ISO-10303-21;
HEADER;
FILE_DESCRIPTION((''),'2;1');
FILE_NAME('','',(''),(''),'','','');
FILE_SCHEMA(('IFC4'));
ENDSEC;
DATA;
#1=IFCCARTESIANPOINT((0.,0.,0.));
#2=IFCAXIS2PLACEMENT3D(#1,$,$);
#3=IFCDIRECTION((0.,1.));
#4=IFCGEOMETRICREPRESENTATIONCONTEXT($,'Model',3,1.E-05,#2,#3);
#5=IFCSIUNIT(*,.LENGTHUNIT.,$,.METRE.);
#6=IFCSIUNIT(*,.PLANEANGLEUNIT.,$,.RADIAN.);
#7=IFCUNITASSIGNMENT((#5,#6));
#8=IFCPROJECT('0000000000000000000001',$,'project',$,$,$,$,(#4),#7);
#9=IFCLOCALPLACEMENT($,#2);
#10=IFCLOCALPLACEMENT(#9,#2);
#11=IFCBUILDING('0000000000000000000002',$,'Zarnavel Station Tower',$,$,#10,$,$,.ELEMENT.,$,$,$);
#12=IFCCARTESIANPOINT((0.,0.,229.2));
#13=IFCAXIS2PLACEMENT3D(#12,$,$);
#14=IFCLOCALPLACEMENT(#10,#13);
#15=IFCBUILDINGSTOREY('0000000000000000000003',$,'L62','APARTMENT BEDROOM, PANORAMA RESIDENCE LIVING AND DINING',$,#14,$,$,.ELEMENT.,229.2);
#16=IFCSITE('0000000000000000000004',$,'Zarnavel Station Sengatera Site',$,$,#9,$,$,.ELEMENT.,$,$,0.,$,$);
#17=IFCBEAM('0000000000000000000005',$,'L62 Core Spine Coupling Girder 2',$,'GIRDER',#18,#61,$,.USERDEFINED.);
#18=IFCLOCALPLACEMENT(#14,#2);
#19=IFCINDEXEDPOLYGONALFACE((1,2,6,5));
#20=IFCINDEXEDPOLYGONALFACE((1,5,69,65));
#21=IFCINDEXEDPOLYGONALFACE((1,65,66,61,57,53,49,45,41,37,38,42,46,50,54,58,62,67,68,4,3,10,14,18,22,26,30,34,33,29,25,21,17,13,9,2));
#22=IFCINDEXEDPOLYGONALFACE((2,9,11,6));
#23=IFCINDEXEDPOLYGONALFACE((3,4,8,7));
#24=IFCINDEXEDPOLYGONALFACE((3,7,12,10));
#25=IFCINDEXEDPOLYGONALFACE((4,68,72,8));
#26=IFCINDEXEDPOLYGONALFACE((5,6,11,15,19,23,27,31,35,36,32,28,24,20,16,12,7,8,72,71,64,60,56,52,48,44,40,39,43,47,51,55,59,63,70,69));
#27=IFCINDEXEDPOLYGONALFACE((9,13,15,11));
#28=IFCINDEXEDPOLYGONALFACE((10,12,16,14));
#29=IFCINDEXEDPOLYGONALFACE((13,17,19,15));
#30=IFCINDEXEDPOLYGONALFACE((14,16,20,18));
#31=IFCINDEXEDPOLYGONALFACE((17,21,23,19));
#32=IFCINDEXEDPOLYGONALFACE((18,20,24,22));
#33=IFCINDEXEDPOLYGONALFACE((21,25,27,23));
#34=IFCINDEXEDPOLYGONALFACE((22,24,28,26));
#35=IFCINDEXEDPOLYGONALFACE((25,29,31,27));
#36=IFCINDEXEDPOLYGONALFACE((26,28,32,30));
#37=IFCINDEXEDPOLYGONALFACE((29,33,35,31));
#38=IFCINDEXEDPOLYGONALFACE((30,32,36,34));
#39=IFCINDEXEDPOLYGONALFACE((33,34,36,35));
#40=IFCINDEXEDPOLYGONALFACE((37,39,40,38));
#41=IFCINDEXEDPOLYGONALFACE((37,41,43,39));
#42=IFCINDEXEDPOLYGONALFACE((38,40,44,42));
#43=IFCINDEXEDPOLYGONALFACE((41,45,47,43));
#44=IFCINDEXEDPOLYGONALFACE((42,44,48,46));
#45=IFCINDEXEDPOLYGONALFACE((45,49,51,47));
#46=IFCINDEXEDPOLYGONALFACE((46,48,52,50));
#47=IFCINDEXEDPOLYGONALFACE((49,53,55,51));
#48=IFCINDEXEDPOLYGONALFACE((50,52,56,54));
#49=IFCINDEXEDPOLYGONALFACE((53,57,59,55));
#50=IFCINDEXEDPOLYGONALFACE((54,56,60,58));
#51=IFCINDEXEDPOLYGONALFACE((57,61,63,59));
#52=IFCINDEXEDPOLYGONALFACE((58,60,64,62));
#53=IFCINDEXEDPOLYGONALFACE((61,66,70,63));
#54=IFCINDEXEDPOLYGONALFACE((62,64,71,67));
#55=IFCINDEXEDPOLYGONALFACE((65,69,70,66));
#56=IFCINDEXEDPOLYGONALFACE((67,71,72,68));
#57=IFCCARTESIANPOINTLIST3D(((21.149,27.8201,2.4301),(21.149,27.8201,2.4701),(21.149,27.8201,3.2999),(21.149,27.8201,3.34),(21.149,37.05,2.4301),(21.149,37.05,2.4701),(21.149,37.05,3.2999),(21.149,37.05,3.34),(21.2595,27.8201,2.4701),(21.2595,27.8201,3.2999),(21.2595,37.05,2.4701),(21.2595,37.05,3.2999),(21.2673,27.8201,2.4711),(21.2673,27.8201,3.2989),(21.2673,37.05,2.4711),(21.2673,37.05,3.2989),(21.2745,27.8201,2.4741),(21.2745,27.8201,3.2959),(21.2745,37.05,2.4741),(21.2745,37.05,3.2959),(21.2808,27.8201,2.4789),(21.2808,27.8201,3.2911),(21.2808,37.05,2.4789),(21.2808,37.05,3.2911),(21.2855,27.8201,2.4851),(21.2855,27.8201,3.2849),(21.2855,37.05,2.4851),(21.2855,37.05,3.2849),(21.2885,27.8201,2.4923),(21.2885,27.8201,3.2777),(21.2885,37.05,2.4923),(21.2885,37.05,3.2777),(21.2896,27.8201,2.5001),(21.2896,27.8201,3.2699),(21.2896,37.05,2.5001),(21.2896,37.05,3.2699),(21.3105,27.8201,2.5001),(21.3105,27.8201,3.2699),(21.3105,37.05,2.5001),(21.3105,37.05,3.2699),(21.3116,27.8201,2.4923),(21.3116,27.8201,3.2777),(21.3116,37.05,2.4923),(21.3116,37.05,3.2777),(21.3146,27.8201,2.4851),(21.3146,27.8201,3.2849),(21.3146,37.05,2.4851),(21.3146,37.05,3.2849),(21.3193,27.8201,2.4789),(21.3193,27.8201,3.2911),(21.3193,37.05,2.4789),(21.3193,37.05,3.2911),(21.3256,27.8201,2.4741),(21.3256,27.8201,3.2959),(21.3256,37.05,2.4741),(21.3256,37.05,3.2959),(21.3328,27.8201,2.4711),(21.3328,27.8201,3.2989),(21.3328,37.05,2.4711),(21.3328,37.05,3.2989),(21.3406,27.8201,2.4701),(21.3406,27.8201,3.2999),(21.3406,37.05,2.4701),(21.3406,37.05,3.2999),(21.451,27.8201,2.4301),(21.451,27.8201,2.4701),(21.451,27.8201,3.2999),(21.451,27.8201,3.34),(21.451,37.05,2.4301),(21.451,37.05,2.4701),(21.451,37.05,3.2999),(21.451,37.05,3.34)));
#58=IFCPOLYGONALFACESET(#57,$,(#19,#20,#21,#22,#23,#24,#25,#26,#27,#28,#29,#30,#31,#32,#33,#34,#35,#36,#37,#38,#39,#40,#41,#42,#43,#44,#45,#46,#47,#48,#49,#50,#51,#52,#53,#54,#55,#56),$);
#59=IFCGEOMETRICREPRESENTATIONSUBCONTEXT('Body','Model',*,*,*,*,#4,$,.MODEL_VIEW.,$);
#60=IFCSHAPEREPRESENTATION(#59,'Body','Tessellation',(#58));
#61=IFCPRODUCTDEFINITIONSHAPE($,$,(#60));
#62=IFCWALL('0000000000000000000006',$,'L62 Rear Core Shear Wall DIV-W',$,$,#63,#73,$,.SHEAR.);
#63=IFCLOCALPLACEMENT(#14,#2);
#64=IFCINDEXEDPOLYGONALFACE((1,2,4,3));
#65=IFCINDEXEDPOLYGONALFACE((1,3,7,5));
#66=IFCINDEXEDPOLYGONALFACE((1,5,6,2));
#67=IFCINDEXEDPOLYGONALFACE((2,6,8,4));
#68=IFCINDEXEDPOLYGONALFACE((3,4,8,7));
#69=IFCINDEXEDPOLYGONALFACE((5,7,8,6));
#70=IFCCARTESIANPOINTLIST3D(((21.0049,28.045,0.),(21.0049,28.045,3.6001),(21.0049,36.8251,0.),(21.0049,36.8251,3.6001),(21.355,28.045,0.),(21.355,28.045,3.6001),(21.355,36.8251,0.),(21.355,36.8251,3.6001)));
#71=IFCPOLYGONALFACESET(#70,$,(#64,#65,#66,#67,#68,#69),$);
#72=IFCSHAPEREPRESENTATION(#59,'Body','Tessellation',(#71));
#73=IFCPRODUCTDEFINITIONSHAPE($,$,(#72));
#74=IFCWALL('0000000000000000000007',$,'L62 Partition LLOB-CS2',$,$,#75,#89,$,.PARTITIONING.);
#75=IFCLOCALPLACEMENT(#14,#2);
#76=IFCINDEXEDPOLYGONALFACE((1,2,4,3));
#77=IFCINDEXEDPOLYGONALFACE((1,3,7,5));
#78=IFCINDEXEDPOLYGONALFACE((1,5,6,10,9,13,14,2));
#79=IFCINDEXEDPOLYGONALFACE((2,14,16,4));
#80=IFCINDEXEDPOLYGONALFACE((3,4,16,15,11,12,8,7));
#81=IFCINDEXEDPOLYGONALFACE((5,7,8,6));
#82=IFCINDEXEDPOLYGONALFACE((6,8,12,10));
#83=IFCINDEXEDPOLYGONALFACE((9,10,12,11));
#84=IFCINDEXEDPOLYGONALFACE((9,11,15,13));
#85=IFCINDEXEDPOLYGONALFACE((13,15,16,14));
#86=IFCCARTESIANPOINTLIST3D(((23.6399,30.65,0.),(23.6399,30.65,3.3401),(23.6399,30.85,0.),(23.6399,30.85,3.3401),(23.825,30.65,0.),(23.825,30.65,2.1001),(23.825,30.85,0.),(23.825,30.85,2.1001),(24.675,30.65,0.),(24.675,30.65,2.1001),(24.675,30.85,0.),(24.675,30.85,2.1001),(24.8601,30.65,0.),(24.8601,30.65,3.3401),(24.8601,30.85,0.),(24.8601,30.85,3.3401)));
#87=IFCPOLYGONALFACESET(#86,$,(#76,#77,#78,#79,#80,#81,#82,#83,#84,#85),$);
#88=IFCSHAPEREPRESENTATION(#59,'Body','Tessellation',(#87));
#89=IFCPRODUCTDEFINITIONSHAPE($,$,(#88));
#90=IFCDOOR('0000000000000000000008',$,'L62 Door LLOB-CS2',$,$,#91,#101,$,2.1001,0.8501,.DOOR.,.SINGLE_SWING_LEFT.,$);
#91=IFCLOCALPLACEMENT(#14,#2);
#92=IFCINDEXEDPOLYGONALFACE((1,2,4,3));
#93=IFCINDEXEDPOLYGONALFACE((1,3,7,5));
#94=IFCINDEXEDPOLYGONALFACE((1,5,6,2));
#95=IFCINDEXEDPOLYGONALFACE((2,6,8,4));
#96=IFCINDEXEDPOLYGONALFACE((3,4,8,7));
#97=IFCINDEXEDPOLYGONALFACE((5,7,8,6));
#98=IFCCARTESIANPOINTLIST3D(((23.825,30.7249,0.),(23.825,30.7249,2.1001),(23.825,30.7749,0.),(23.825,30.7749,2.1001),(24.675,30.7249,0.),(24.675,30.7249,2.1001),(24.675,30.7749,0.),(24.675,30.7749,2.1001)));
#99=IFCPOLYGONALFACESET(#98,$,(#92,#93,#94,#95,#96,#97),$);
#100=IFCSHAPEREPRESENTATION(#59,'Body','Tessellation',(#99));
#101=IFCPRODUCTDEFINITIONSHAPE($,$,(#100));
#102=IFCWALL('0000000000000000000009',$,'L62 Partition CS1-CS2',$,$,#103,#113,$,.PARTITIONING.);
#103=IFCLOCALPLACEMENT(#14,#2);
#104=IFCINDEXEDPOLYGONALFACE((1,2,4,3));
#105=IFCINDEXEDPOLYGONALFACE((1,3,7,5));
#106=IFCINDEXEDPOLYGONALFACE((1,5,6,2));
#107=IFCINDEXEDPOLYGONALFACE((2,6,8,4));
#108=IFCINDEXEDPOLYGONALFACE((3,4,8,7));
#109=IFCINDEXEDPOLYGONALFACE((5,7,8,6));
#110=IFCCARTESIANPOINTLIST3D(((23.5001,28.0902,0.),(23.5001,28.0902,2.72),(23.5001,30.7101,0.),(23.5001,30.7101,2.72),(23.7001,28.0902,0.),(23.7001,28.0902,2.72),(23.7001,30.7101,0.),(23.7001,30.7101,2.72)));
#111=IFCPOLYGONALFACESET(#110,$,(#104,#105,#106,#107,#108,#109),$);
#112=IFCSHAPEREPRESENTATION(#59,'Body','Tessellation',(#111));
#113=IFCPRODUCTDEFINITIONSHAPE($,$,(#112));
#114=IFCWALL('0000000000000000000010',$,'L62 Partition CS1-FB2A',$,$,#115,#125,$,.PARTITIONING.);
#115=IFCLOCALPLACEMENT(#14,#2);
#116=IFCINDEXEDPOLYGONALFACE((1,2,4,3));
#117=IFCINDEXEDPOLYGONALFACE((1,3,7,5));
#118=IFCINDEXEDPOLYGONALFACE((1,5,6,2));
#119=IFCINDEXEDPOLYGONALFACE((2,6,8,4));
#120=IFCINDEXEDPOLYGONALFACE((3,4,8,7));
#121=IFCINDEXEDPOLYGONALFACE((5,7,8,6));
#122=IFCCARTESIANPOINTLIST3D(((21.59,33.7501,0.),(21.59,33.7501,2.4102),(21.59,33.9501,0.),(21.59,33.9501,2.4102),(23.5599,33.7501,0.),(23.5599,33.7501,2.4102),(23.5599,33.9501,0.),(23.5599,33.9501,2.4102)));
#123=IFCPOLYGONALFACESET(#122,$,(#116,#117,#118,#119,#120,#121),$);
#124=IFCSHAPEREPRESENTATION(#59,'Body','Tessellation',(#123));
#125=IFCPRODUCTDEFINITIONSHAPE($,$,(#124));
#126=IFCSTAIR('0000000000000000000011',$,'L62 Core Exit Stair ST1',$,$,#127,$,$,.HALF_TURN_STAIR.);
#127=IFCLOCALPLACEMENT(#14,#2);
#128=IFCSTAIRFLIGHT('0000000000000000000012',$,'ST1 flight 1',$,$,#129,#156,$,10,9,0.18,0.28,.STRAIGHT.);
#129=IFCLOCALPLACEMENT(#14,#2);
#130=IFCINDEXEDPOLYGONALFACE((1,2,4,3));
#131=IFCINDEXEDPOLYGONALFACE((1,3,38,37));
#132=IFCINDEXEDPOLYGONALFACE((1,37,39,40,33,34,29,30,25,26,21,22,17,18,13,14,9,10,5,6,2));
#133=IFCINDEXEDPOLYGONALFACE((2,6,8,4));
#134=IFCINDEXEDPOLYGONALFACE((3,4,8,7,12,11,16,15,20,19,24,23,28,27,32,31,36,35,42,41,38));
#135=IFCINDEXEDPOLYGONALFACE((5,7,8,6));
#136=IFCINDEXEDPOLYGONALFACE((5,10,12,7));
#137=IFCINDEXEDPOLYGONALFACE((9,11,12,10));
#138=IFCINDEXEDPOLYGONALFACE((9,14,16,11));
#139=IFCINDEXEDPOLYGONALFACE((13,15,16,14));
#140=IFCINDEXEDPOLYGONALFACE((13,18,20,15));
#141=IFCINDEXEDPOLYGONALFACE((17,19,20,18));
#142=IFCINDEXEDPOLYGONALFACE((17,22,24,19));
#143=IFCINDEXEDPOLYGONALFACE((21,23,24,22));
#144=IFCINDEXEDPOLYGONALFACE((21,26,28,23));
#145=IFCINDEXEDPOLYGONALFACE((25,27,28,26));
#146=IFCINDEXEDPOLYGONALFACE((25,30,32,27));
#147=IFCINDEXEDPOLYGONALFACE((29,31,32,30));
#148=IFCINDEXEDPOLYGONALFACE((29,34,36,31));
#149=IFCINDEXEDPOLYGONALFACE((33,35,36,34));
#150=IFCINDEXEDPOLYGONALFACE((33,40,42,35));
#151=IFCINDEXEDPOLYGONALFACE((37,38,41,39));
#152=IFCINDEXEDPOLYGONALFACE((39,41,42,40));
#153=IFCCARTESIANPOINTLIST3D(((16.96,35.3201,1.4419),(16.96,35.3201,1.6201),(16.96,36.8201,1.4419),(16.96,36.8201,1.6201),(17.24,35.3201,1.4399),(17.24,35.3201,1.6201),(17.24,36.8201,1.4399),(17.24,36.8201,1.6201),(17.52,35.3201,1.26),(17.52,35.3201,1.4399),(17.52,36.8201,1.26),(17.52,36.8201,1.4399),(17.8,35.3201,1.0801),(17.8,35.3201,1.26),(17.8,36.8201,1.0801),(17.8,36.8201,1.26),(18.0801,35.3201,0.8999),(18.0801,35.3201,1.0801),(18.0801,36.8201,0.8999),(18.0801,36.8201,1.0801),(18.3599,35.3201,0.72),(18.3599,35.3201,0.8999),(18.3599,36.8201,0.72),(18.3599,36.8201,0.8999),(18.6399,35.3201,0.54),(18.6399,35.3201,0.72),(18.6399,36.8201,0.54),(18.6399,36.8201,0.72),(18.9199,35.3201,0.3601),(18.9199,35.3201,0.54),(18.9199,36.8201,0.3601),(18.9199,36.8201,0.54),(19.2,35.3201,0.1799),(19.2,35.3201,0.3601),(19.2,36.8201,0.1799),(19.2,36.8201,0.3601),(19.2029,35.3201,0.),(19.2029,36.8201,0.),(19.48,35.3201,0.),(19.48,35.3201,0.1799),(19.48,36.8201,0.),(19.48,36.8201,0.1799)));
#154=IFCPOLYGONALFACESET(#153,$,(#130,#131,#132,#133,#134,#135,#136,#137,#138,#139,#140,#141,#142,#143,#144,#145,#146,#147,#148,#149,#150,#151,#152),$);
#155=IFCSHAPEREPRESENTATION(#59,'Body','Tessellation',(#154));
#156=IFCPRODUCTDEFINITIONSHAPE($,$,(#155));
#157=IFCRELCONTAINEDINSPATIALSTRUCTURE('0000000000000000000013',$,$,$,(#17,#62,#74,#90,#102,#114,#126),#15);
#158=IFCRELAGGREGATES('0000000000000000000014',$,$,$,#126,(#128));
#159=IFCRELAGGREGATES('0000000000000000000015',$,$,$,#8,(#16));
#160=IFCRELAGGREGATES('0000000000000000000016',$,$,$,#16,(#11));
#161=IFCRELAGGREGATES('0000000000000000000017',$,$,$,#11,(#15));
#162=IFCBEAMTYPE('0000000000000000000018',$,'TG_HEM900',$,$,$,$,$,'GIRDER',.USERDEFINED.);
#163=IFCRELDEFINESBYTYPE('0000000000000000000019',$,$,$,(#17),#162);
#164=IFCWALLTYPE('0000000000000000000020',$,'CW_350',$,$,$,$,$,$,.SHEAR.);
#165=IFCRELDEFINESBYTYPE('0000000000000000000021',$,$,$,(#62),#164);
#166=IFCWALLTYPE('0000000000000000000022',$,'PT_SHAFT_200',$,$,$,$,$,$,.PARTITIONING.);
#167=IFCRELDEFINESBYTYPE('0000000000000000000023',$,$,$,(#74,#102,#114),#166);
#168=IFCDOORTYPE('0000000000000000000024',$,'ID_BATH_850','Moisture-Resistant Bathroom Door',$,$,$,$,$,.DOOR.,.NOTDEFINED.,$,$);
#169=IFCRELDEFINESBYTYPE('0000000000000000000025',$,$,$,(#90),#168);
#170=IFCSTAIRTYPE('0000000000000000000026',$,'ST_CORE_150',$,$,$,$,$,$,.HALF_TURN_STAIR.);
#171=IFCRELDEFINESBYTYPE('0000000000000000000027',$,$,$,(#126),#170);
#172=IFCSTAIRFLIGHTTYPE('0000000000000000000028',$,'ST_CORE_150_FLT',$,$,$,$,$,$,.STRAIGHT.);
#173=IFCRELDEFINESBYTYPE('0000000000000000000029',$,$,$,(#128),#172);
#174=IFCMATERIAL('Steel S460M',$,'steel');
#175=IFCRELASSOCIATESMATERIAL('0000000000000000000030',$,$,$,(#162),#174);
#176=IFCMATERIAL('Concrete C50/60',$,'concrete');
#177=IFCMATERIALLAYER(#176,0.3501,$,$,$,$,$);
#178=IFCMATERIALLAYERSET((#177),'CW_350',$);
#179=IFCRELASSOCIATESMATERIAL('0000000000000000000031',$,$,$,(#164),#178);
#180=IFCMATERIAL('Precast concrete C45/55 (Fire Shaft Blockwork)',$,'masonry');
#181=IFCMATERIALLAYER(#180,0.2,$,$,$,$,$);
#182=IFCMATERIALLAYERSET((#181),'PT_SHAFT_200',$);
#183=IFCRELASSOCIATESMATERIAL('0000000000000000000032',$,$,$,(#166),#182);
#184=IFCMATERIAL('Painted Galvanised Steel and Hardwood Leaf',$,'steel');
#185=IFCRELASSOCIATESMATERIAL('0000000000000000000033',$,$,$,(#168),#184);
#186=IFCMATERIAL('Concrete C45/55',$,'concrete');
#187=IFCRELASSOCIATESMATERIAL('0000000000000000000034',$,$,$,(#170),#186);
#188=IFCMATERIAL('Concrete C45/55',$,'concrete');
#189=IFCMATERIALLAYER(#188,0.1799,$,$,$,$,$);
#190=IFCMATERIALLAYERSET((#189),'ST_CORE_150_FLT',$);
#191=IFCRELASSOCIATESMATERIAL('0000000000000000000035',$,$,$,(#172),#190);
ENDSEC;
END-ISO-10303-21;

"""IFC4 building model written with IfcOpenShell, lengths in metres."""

from ifc_helpers import new_model, si_unit, direction, frame, frame_2d, origin, origin_2d, place, context, subcontext, project, spatial, polyline, rectangle, i_section, outline, extrude, material, layer, layer_set, material_profile, profile_set, type_object, element, fill, aggregate, save


model = new_model("IFC4")

# Units and contexts
model_context = context("Model", 3, precision=1e-05, world=origin(), true_north=direction((0.0, 1.0)))
body_context = subcontext(model_context, "Body", "Model", "MODEL_VIEW")
ifc_project = project(units=[si_unit("LENGTHUNIT", "METRE"), si_unit("PLANEANGLEUNIT", "RADIAN")], contexts=[model_context])

# Site, building, storey
site_placement = place(None, origin())
site = spatial("IfcSite", under=ifc_project, at=site_placement, Name="Zarnavel Station Sengatera Site", CompositionType="ELEMENT", RefElevation=0.0)
building_placement = place(site_placement, origin())
building = spatial("IfcBuilding", under=site, at=building_placement, Name="Zarnavel Station Tower", CompositionType="ELEMENT")
storey_placement = place(building_placement, frame((0.0, 0.0, 229.2)))
storey = spatial("IfcBuildingStorey", under=building, at=storey_placement, Name="L62", Description="APARTMENT BEDROOM, PANORAMA RESIDENCE LIVING AND DINING", CompositionType="ELEMENT", Elevation=229.2)

# Beam
ifc_material_1 = material(Name="Steel S460M", Category="steel")
ifc_material_profile_1 = material_profile(ifc_material_1, i_section(OverallWidth=0.302, OverallDepth=0.9099, WebThickness=0.021, FlangeThickness=0.04, FilletRadius=0.03, at=origin_2d()), Name="HEM900")
ifc_profile_set_1 = profile_set([ifc_material_profile_1], Name="Steel S460M")
beam_type_1 = type_object("IfcBeamType", Name="TG_HEM900", ElementType="GIRDER", PredefinedType="USERDEFINED", material=ifc_profile_set_1)
beam_1_placement = place(storey_placement, frame((21.3, 27.8201, 2.885), z_axis=(0.0, 1.0, 0.0), x_axis=(-1.0, 0.0, 0.0)))
element("IfcBeam", 1, at=beam_1_placement, inside=storey, type_object=beam_type_1, Name="L62 Core Spine Coupling Girder 2", ObjectType="GIRDER", PredefinedType="USERDEFINED", context=body_context, shape_type="SweptSolid", body=[
    extrude(i_section(OverallWidth=0.302, OverallDepth=0.9099, WebThickness=0.021, FlangeThickness=0.04, FilletRadius=0.03, at=origin_2d()), origin(), (0.0, 0.0, 1.0), 9.23),
])

# Wall
ifc_material_2 = material(Name="Concrete C50/60", Category="concrete")
ifc_layer_1 = layer(ifc_material_2, 0.3501)
ifc_layer_set_1 = layer_set([ifc_layer_1], Name="CW_350")
wall_type_1 = type_object("IfcWallType", Name="CW_350", PredefinedType="SHEAR", material=ifc_layer_set_1)
wall_1_placement = place(storey_placement, frame((21.1799, 28.0449, 0.0), z_axis=(0.0, 0.0, 1.0), x_axis=(0.0, 1.0, 0.0)))
element("IfcWall", 2, at=wall_1_placement, inside=storey, type_object=wall_type_1, Name="L62 Rear Core Shear Wall DIV-W", PredefinedType="SHEAR", context=body_context, shape_type="SweptSolid", body=[
    extrude(rectangle(XDim=8.78, YDim=0.3501, at=frame_2d((4.3901, 0.0))), origin(), (0.0, 0.0, 1.0), 3.6001),
])

# Wall, opening, door
ifc_material_3 = material(Name="Precast concrete C45/55 (Fire Shaft Blockwork)", Category="masonry")
ifc_layer_2 = layer(ifc_material_3, 0.2)
ifc_layer_set_2 = layer_set([ifc_layer_2], Name="PT_SHAFT_200")
wall_type_2 = type_object("IfcWallType", Name="PT_SHAFT_200", PredefinedType="PARTITIONING", material=ifc_layer_set_2)
wall_2_placement = place(storey_placement, frame((23.6399, 30.75, 0.0), z_axis=(0.0, 0.0, 1.0), x_axis=(1.0, 0.0, 0.0)))
wall_2 = element("IfcWall", 3, at=wall_2_placement, inside=storey, type_object=wall_type_2, Name="L62 Partition LLOB-CS2", PredefinedType="PARTITIONING", context=body_context, shape_type="SweptSolid", body=[
    extrude(rectangle(XDim=1.2202, YDim=0.2, at=frame_2d((0.6101, 0.0))), origin(), (0.0, 0.0, 1.0), 3.3401),
])
opening_1_placement = place(wall_2_placement, frame((0.1851, 0.0, 0.0)))
opening_1 = element("IfcOpeningElement", 4, at=opening_1_placement, cuts=wall_2, PredefinedType="OPENING", context=body_context, shape_type="SweptSolid", body=[
    extrude(rectangle(XDim=0.8501, YDim=2.1001, at=frame_2d((0.425, 1.05))), frame((0.0, 0.1099, 0.0), z_axis=(0.0, -1.0, 0.0), x_axis=(1.0, 0.0, 0.0)), (0.0, 0.0, 1.0), 0.22),
])
ifc_material_4 = material(Name="Painted Galvanised Steel and Hardwood Leaf", Category="steel")
door_type_1 = type_object("IfcDoorType", Name="ID_BATH_850", Description="Moisture-Resistant Bathroom Door", OperationType="NOTDEFINED", PredefinedType="DOOR", material=ifc_material_4)
door_1_placement = place(opening_1_placement, origin())
door_1 = element("IfcDoor", 5, at=door_1_placement, inside=storey, type_object=door_type_1, Name="L62 Door LLOB-CS2", OperationType="SINGLE_SWING_LEFT", OverallHeight=2.1001, OverallWidth=0.8501, PredefinedType="DOOR", context=body_context, shape_type="SweptSolid", body=[
    extrude(rectangle(XDim=0.8501, YDim=2.1001, at=frame_2d((0.425, 1.05))), frame((0.0, 0.0249, 0.0), z_axis=(0.0, -1.0, 0.0), x_axis=(1.0, 0.0, 0.0)), (0.0, 0.0, 1.0), 0.05),
])
fill(opening_1, door_1)

# Walls
wall_3_placement = place(storey_placement, frame((23.6001, 28.0901, 0.0), z_axis=(0.0, 0.0, 1.0), x_axis=(0.0, 1.0, 0.0)))
element("IfcWall", 6, at=wall_3_placement, inside=storey, type_object=wall_type_2, Name="L62 Partition CS1-CS2", PredefinedType="PARTITIONING", context=body_context, shape_type="SweptSolid", body=[
    extrude(rectangle(XDim=2.6199, YDim=0.2, at=frame_2d((1.3101, 0.0))), origin(), (0.0, 0.0, 1.0), 2.72),
])
wall_4_placement = place(storey_placement, frame((21.5901, 33.8501, 0.0), z_axis=(0.0, 0.0, 1.0), x_axis=(1.0, 0.0, 0.0)))
element("IfcWall", 7, at=wall_4_placement, inside=storey, type_object=wall_type_2, Name="L62 Partition CS1-FB2A", PredefinedType="PARTITIONING", context=body_context, shape_type="SweptSolid", body=[
    extrude(rectangle(XDim=1.97, YDim=0.2, at=frame_2d((0.9849, 0.0))), origin(), (0.0, 0.0, 1.0), 2.4102),
])

# Stair, stair flight
ifc_material_5 = material(Name="Concrete C45/55", Category="concrete")
stair_type = type_object("IfcStairType", Name="ST_CORE_150", PredefinedType="HALF_TURN_STAIR", material=ifc_material_5)
stair_placement = place(storey_placement, origin())
stair = element("IfcStair", 8, at=stair_placement, inside=storey, type_object=stair_type, Name="L62 Core Exit Stair ST1", PredefinedType="HALF_TURN_STAIR")
ifc_material_6 = material(Name="Concrete C45/55", Category="concrete")
ifc_layer_3 = layer(ifc_material_6, 0.1799)
ifc_layer_set_3 = layer_set([ifc_layer_3], Name="ST_CORE_150_FLT")
stair_flight_type = type_object("IfcStairFlightType", Name="ST_CORE_150_FLT", PredefinedType="STRAIGHT", material=ifc_layer_set_3)
stair_flight_1_placement = place(storey_placement, frame((19.48, 36.0701, 0.0), z_axis=(0.0, 0.0, 1.0), x_axis=(-1.0, 0.0, 0.0)))
stair_flight_1 = element("IfcStairFlight", 9, at=stair_flight_1_placement, type_object=stair_flight_type, Name="ST1 flight 1", NumberOfRisers=10, NumberOfTreads=9, PredefinedType="STRAIGHT", RiserHeight=0.18, TreadLength=0.28, context=body_context, shape_type="SweptSolid", body=[
    extrude(outline(polyline([(0.0, 0.0), (0.0, 0.1799), (0.28, 0.1799), (0.28, 0.3601), (0.5601, 0.3601), (0.5601, 0.54), (0.8401, 0.54), (0.8401, 0.72), (1.1201, 0.72), (1.1201, 0.8999), (1.3999, 0.8999), (1.3999, 1.0801), (1.6799, 1.0801), (1.6799, 1.26), (1.96, 1.26), (1.96, 1.4399), (2.24, 1.4399), (2.24, 1.6201), (2.52, 1.6201), (2.52, 1.8), (2.52, 1.4419), (0.2771, 0.0), (0.0, 0.0)])), frame((0.0, 0.75, 0.0), z_axis=(0.0, -1.0, 0.0), x_axis=(1.0, 0.0, 0.0)), (0.0, 0.0, 1.0), 1.5),
])
aggregate(stair, [stair_flight_1])

save(model, "model.ifc")
